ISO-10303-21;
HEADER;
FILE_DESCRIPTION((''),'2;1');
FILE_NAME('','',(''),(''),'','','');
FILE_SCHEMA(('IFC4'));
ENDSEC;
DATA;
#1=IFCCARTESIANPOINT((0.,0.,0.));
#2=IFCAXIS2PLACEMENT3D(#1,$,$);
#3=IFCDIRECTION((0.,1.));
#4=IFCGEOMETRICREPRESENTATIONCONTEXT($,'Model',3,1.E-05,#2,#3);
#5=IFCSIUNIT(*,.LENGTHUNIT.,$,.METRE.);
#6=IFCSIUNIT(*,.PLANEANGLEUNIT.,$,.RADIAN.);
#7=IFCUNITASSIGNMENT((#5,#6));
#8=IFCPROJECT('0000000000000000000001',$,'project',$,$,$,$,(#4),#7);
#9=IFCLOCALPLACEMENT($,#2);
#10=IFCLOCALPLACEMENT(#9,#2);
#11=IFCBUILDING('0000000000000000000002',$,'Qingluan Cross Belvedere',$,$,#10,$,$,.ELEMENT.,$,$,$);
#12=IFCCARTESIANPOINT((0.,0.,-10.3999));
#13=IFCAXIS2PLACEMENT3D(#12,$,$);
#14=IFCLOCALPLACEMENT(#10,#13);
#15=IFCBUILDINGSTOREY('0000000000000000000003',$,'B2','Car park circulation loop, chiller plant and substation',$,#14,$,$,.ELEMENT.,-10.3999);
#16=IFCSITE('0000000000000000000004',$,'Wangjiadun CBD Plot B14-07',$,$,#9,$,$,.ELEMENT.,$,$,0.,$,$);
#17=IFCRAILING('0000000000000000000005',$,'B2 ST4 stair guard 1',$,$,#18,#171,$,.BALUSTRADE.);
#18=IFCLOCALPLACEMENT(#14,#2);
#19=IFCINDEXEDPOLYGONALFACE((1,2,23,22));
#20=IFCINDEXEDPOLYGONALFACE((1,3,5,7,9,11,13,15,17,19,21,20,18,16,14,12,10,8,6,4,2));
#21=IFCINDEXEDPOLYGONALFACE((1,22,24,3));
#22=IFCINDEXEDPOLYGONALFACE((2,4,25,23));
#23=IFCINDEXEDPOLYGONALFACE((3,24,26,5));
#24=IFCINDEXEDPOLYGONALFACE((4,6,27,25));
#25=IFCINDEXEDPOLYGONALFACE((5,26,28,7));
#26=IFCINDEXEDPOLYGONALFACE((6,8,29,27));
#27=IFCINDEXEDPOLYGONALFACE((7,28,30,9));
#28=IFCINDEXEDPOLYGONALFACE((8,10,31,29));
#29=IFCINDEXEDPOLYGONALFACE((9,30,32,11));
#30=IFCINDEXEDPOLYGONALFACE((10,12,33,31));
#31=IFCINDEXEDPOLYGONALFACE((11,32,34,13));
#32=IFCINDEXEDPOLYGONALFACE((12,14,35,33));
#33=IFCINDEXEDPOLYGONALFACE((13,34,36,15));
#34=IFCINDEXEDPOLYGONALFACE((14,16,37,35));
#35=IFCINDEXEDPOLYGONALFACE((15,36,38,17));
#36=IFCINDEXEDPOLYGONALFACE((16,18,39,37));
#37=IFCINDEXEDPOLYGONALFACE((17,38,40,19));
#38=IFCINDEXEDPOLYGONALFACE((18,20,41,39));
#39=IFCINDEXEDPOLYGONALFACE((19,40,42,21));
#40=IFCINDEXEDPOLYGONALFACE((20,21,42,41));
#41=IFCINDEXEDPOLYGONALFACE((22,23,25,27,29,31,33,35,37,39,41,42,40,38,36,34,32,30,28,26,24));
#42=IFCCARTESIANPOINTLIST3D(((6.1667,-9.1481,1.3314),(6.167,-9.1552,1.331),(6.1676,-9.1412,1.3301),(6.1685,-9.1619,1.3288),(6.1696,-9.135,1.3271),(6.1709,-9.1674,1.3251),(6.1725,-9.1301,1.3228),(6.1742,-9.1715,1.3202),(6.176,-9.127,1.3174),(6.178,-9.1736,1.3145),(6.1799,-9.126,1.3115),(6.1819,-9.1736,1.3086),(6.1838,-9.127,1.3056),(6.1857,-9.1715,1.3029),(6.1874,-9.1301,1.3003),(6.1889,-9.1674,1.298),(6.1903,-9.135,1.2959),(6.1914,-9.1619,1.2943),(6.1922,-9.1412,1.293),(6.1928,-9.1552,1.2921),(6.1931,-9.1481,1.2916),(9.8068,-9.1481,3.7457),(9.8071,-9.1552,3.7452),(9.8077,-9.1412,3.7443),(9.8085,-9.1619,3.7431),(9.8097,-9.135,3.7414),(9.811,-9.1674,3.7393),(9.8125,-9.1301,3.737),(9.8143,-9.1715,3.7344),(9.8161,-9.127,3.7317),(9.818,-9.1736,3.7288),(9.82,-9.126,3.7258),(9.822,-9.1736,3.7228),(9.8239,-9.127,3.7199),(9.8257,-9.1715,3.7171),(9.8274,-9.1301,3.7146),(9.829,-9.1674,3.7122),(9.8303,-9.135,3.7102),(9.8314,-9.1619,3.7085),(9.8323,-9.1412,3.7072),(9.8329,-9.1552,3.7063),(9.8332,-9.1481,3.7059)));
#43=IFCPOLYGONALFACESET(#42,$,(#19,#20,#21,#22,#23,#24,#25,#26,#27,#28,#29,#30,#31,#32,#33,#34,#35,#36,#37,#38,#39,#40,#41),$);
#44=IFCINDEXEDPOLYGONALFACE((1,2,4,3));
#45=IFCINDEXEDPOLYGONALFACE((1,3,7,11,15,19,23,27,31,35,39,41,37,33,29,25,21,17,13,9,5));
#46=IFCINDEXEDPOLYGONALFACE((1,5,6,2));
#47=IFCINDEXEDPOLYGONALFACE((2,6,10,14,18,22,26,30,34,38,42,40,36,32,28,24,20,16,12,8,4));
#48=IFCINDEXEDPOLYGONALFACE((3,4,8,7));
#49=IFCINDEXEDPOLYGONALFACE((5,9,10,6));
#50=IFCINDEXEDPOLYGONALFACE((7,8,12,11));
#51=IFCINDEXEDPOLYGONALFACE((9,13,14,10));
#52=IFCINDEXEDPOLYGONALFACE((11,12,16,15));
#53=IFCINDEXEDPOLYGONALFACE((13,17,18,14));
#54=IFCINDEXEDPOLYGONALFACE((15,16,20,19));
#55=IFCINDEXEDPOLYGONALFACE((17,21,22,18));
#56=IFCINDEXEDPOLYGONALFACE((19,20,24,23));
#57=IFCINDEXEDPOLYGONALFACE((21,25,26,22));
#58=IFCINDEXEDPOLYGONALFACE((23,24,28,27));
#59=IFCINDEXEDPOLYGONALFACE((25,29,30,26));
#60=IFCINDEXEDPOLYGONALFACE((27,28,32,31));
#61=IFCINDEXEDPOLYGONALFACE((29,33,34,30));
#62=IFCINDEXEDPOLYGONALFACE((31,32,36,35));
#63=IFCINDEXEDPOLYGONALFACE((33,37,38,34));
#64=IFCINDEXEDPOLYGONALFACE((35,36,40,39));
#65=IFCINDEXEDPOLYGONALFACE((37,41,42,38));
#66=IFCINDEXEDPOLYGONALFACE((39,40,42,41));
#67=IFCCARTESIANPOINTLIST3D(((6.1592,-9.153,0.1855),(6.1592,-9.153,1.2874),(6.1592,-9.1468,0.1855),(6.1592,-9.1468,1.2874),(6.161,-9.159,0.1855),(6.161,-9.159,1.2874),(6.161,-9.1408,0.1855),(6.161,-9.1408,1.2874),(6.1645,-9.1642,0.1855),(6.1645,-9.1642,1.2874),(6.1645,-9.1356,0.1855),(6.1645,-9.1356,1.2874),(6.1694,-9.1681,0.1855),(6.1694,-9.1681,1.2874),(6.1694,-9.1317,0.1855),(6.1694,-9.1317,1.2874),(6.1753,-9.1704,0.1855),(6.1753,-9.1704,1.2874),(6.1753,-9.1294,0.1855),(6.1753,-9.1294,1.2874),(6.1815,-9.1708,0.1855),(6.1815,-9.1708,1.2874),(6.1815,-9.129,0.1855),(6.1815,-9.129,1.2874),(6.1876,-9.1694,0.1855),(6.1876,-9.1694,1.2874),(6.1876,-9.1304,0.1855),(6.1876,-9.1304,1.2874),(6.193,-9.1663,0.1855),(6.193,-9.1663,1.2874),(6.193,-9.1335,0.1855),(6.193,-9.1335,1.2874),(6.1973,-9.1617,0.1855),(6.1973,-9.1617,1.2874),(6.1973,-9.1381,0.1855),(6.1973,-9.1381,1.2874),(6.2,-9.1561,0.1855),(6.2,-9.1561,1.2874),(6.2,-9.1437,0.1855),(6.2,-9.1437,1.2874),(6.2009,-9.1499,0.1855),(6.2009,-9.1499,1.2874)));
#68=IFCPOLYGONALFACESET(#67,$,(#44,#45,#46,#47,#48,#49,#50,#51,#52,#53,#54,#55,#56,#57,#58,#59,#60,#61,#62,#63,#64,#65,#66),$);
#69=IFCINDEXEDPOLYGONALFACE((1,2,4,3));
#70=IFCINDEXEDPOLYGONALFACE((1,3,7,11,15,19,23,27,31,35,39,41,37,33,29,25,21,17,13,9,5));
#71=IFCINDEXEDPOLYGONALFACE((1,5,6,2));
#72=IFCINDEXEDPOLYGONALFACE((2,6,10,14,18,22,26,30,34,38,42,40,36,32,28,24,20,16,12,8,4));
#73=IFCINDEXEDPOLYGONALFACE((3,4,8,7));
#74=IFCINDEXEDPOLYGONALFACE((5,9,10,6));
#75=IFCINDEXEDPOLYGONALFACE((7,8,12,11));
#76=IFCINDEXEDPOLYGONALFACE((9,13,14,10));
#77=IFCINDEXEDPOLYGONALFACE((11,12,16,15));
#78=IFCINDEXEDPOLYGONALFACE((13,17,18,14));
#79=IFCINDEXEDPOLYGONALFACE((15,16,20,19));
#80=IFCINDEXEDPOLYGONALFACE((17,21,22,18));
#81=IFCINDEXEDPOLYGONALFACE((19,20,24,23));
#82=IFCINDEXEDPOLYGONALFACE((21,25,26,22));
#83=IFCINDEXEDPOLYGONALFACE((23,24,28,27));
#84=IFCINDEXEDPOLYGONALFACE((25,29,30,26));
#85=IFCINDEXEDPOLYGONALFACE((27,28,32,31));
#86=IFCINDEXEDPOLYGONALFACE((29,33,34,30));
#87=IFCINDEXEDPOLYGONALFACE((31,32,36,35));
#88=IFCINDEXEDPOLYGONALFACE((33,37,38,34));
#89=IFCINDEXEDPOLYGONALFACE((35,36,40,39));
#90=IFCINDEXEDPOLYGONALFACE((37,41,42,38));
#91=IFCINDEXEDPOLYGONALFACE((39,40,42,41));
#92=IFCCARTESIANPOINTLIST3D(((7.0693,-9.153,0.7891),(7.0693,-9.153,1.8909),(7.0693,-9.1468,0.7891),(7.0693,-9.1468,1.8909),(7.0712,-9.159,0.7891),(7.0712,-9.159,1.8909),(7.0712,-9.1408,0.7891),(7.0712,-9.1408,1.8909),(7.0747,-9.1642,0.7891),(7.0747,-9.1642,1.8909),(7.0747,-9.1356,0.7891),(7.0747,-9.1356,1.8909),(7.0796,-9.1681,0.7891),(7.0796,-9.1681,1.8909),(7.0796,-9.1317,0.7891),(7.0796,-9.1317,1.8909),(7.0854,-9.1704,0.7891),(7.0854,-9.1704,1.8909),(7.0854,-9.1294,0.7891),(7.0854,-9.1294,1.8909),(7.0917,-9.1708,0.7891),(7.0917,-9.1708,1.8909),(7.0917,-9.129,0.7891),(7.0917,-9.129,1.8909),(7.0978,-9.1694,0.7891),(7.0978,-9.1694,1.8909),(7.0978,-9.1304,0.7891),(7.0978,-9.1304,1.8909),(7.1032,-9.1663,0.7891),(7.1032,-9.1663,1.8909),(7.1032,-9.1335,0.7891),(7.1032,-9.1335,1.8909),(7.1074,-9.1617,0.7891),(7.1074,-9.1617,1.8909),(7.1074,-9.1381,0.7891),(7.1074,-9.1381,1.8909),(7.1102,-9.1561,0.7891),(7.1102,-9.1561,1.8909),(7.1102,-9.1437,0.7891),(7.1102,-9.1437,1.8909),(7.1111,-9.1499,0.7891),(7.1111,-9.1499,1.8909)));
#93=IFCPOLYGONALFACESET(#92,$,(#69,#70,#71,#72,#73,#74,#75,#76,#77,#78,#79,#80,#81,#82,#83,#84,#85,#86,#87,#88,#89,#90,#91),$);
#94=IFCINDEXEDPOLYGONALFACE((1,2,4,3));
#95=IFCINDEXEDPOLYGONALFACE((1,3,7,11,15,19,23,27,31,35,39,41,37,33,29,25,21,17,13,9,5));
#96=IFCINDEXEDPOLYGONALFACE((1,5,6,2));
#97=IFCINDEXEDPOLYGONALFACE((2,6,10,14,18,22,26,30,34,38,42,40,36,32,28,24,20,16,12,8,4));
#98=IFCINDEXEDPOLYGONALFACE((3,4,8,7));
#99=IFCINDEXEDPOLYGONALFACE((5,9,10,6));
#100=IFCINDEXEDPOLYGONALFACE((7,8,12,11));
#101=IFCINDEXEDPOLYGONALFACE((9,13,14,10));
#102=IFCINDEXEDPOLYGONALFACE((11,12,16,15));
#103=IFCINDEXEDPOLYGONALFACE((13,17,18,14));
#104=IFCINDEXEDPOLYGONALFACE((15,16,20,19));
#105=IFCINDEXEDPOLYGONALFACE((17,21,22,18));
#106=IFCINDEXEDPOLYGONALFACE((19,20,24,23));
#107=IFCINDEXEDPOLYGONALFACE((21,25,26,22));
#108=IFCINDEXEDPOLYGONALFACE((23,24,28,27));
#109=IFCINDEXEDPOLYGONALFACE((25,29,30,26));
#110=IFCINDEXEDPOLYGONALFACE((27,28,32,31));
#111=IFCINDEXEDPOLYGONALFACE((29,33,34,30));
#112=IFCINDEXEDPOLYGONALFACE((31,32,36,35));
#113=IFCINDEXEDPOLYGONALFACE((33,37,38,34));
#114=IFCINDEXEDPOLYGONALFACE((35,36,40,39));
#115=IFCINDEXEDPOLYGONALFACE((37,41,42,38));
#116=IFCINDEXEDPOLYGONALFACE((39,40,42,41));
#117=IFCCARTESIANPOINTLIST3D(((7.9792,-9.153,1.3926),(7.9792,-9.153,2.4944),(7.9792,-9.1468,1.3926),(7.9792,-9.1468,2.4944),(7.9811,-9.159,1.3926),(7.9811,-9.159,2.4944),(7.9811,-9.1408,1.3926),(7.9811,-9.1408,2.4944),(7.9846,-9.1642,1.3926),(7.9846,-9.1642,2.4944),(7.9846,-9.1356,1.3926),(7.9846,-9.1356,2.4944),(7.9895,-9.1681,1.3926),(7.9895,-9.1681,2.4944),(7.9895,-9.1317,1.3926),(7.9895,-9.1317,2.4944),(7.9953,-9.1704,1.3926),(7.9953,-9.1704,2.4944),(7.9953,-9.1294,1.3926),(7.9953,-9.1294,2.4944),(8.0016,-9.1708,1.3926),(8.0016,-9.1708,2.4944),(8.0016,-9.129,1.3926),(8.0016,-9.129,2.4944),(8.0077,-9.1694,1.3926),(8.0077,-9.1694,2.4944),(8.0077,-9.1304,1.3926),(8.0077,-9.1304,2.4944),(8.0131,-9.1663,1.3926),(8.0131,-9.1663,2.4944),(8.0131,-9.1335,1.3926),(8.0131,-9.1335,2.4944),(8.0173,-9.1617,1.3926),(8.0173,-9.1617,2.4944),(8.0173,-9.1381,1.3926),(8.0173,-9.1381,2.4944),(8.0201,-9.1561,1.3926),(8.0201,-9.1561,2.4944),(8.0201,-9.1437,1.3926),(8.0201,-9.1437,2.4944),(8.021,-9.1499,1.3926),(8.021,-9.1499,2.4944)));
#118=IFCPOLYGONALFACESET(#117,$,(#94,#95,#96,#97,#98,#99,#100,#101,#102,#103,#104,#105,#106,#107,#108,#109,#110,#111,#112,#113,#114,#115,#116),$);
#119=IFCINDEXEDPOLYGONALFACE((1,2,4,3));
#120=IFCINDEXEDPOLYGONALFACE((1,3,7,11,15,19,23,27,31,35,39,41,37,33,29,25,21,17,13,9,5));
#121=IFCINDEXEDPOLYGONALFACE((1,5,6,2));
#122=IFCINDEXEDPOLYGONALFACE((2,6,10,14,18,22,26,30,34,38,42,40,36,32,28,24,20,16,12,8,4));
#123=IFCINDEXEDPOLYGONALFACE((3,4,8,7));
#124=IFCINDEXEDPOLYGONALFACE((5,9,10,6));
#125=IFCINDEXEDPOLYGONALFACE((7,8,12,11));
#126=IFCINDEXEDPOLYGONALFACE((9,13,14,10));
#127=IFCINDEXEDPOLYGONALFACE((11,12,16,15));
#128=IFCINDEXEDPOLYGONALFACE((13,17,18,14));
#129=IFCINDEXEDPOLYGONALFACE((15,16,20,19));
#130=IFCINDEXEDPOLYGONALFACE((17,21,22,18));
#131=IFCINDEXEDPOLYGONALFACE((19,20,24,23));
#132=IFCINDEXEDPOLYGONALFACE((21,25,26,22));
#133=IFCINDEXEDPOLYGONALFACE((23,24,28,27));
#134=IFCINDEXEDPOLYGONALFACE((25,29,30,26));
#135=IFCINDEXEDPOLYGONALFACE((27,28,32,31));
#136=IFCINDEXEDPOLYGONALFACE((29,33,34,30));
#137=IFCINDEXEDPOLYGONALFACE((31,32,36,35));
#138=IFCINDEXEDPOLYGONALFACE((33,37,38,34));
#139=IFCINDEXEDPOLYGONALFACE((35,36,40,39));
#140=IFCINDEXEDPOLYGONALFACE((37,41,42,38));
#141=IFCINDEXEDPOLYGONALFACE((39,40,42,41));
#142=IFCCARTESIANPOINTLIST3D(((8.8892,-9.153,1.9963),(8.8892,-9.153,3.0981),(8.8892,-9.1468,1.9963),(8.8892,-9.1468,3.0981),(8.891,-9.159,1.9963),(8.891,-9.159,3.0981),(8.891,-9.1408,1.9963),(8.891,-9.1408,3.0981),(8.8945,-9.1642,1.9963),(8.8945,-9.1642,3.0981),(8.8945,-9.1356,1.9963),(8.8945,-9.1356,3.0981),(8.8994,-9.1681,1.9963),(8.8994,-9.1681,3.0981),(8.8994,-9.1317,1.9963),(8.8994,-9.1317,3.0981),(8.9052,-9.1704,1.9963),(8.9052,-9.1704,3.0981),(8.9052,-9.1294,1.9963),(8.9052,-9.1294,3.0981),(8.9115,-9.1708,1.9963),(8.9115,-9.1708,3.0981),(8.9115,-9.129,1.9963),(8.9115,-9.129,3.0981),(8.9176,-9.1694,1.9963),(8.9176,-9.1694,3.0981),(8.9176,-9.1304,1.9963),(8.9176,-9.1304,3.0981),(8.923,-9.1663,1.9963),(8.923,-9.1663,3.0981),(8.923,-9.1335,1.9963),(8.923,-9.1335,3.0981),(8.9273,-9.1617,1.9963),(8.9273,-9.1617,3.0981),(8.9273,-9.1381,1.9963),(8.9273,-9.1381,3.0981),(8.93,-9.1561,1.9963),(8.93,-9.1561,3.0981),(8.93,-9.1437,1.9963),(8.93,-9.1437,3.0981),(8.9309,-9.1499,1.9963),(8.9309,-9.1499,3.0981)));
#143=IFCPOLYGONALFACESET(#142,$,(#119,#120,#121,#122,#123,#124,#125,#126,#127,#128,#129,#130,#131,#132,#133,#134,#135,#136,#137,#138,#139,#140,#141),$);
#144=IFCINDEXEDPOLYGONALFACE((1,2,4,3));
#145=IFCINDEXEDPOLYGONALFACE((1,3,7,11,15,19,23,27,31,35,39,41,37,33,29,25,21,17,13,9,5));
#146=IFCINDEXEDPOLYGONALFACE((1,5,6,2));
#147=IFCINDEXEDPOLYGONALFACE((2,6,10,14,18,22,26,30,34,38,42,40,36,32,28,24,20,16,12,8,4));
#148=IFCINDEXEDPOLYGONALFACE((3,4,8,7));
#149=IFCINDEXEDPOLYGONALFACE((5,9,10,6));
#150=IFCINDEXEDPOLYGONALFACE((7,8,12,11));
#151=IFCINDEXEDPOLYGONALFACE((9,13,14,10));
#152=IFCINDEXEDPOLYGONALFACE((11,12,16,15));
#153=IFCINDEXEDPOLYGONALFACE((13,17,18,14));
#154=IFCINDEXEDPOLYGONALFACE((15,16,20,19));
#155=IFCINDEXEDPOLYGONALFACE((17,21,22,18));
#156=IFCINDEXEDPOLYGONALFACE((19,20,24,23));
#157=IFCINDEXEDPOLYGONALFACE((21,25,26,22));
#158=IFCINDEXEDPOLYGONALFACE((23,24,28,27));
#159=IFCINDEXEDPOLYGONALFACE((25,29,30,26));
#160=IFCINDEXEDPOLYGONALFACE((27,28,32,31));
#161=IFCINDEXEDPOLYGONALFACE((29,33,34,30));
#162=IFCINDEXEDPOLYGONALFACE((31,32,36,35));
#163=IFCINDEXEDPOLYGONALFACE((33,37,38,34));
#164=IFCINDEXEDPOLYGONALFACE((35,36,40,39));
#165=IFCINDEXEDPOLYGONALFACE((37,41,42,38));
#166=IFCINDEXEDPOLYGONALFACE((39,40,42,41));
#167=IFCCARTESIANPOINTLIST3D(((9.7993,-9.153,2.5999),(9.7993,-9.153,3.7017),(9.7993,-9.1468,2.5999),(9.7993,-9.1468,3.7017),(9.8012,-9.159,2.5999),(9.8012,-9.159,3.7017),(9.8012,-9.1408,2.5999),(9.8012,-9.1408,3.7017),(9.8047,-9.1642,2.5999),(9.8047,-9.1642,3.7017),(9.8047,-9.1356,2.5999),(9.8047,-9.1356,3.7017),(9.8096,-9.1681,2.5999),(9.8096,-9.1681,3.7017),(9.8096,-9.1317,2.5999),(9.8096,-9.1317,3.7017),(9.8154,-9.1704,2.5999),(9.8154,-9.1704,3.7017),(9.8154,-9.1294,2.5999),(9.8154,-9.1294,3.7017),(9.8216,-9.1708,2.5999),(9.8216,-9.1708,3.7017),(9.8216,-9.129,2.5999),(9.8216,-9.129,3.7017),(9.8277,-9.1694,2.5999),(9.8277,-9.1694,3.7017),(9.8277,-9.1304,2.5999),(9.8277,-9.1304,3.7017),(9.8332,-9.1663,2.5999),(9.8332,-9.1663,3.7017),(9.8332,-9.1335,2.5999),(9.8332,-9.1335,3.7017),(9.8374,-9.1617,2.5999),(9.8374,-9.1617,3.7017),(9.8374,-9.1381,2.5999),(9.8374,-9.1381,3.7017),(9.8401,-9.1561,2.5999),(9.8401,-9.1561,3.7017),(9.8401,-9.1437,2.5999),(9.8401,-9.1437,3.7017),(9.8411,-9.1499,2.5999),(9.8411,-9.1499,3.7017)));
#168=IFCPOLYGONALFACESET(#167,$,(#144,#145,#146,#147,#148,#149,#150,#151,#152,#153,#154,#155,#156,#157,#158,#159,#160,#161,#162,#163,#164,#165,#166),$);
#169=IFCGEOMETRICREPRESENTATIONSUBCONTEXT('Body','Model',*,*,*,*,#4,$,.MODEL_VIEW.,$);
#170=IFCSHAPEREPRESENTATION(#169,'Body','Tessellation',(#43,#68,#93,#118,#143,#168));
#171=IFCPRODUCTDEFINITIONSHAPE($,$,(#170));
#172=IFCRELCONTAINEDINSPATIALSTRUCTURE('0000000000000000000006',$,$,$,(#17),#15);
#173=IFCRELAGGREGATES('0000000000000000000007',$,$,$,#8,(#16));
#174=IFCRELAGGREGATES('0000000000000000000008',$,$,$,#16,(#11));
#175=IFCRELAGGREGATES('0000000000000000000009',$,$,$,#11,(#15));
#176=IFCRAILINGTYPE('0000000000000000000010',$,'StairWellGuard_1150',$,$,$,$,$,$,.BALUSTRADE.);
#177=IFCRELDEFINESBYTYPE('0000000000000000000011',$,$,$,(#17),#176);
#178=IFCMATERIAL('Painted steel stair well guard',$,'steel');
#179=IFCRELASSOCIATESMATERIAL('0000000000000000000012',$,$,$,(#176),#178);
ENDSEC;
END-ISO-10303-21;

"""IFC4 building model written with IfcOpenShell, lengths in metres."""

from ifc_helpers import new_model, si_unit, direction, frame, origin, origin_2d, place, context, subcontext, project, spatial, circle, extrude, material, type_object, element, save


model = new_model("IFC4")

# Units and contexts
model_context = context("Model", 3, precision=1e-05, world=origin(), true_north=direction((0.0, 1.0)))
body_context = subcontext(model_context, "Body", "Model", "MODEL_VIEW")
ifc_project = project(units=[si_unit("LENGTHUNIT", "METRE"), si_unit("PLANEANGLEUNIT", "RADIAN")], contexts=[model_context])

# Site, building, storey
site_placement = place(None, origin())
site = spatial("IfcSite", under=ifc_project, at=site_placement, Name="Wangjiadun CBD Plot B14-07", CompositionType="ELEMENT", RefElevation=0.0)
building_placement = place(site_placement, origin())
building = spatial("IfcBuilding", under=site, at=building_placement, Name="Qingluan Cross Belvedere", CompositionType="ELEMENT")
storey_placement = place(building_placement, frame((0.0, 0.0, -10.3999)))
storey = spatial("IfcBuildingStorey", under=building, at=storey_placement, Name="B2", Description="Car park circulation loop, chiller plant and substation", CompositionType="ELEMENT", Elevation=-10.3999)

# Railing
ifc_material_1 = material(Name="Painted steel stair well guard", Category="steel")
railing_type_1 = type_object("IfcRailingType", Name="StairWellGuard_1150", PredefinedType="BALUSTRADE", material=ifc_material_1)
railing_1_placement = place(storey_placement, frame((6.1799, -9.1499, 0.1855)))
element("IfcRailing", 1, at=railing_1_placement, inside=storey, type_object=railing_type_1, Name="B2 ST4 stair guard 1", PredefinedType="BALUSTRADE", context=body_context, shape_type="SweptSolid", body=[
    extrude(circle(Radius=0.0239, at=origin_2d()), frame((0.0, 0.0, 1.126), z_axis=(0.833364, 0.0, 0.552725), x_axis=(0.0, 1.0, 0.0)), (0.0, 0.0, 1.0), 4.3679),
    extrude(circle(Radius=0.021, at=origin_2d()), origin(), (0.0, 0.0, 1.0), 1.1018),
    extrude(circle(Radius=0.021, at=origin_2d()), frame((0.9102, 0.0, 0.6035)), (0.0, 0.0, 1.0), 1.1018),
    extrude(circle(Radius=0.021, at=origin_2d()), frame((1.8201, 0.0, 1.207)), (0.0, 0.0, 1.0), 1.1018),
    extrude(circle(Radius=0.021, at=origin_2d()), frame((2.73, 0.0, 1.8108)), (0.0, 0.0, 1.0), 1.1018),
    extrude(circle(Radius=0.021, at=origin_2d()), frame((3.6401, 0.0, 2.4143)), (0.0, 0.0, 1.0), 1.1018),
])

save(model, "model.ifc")
